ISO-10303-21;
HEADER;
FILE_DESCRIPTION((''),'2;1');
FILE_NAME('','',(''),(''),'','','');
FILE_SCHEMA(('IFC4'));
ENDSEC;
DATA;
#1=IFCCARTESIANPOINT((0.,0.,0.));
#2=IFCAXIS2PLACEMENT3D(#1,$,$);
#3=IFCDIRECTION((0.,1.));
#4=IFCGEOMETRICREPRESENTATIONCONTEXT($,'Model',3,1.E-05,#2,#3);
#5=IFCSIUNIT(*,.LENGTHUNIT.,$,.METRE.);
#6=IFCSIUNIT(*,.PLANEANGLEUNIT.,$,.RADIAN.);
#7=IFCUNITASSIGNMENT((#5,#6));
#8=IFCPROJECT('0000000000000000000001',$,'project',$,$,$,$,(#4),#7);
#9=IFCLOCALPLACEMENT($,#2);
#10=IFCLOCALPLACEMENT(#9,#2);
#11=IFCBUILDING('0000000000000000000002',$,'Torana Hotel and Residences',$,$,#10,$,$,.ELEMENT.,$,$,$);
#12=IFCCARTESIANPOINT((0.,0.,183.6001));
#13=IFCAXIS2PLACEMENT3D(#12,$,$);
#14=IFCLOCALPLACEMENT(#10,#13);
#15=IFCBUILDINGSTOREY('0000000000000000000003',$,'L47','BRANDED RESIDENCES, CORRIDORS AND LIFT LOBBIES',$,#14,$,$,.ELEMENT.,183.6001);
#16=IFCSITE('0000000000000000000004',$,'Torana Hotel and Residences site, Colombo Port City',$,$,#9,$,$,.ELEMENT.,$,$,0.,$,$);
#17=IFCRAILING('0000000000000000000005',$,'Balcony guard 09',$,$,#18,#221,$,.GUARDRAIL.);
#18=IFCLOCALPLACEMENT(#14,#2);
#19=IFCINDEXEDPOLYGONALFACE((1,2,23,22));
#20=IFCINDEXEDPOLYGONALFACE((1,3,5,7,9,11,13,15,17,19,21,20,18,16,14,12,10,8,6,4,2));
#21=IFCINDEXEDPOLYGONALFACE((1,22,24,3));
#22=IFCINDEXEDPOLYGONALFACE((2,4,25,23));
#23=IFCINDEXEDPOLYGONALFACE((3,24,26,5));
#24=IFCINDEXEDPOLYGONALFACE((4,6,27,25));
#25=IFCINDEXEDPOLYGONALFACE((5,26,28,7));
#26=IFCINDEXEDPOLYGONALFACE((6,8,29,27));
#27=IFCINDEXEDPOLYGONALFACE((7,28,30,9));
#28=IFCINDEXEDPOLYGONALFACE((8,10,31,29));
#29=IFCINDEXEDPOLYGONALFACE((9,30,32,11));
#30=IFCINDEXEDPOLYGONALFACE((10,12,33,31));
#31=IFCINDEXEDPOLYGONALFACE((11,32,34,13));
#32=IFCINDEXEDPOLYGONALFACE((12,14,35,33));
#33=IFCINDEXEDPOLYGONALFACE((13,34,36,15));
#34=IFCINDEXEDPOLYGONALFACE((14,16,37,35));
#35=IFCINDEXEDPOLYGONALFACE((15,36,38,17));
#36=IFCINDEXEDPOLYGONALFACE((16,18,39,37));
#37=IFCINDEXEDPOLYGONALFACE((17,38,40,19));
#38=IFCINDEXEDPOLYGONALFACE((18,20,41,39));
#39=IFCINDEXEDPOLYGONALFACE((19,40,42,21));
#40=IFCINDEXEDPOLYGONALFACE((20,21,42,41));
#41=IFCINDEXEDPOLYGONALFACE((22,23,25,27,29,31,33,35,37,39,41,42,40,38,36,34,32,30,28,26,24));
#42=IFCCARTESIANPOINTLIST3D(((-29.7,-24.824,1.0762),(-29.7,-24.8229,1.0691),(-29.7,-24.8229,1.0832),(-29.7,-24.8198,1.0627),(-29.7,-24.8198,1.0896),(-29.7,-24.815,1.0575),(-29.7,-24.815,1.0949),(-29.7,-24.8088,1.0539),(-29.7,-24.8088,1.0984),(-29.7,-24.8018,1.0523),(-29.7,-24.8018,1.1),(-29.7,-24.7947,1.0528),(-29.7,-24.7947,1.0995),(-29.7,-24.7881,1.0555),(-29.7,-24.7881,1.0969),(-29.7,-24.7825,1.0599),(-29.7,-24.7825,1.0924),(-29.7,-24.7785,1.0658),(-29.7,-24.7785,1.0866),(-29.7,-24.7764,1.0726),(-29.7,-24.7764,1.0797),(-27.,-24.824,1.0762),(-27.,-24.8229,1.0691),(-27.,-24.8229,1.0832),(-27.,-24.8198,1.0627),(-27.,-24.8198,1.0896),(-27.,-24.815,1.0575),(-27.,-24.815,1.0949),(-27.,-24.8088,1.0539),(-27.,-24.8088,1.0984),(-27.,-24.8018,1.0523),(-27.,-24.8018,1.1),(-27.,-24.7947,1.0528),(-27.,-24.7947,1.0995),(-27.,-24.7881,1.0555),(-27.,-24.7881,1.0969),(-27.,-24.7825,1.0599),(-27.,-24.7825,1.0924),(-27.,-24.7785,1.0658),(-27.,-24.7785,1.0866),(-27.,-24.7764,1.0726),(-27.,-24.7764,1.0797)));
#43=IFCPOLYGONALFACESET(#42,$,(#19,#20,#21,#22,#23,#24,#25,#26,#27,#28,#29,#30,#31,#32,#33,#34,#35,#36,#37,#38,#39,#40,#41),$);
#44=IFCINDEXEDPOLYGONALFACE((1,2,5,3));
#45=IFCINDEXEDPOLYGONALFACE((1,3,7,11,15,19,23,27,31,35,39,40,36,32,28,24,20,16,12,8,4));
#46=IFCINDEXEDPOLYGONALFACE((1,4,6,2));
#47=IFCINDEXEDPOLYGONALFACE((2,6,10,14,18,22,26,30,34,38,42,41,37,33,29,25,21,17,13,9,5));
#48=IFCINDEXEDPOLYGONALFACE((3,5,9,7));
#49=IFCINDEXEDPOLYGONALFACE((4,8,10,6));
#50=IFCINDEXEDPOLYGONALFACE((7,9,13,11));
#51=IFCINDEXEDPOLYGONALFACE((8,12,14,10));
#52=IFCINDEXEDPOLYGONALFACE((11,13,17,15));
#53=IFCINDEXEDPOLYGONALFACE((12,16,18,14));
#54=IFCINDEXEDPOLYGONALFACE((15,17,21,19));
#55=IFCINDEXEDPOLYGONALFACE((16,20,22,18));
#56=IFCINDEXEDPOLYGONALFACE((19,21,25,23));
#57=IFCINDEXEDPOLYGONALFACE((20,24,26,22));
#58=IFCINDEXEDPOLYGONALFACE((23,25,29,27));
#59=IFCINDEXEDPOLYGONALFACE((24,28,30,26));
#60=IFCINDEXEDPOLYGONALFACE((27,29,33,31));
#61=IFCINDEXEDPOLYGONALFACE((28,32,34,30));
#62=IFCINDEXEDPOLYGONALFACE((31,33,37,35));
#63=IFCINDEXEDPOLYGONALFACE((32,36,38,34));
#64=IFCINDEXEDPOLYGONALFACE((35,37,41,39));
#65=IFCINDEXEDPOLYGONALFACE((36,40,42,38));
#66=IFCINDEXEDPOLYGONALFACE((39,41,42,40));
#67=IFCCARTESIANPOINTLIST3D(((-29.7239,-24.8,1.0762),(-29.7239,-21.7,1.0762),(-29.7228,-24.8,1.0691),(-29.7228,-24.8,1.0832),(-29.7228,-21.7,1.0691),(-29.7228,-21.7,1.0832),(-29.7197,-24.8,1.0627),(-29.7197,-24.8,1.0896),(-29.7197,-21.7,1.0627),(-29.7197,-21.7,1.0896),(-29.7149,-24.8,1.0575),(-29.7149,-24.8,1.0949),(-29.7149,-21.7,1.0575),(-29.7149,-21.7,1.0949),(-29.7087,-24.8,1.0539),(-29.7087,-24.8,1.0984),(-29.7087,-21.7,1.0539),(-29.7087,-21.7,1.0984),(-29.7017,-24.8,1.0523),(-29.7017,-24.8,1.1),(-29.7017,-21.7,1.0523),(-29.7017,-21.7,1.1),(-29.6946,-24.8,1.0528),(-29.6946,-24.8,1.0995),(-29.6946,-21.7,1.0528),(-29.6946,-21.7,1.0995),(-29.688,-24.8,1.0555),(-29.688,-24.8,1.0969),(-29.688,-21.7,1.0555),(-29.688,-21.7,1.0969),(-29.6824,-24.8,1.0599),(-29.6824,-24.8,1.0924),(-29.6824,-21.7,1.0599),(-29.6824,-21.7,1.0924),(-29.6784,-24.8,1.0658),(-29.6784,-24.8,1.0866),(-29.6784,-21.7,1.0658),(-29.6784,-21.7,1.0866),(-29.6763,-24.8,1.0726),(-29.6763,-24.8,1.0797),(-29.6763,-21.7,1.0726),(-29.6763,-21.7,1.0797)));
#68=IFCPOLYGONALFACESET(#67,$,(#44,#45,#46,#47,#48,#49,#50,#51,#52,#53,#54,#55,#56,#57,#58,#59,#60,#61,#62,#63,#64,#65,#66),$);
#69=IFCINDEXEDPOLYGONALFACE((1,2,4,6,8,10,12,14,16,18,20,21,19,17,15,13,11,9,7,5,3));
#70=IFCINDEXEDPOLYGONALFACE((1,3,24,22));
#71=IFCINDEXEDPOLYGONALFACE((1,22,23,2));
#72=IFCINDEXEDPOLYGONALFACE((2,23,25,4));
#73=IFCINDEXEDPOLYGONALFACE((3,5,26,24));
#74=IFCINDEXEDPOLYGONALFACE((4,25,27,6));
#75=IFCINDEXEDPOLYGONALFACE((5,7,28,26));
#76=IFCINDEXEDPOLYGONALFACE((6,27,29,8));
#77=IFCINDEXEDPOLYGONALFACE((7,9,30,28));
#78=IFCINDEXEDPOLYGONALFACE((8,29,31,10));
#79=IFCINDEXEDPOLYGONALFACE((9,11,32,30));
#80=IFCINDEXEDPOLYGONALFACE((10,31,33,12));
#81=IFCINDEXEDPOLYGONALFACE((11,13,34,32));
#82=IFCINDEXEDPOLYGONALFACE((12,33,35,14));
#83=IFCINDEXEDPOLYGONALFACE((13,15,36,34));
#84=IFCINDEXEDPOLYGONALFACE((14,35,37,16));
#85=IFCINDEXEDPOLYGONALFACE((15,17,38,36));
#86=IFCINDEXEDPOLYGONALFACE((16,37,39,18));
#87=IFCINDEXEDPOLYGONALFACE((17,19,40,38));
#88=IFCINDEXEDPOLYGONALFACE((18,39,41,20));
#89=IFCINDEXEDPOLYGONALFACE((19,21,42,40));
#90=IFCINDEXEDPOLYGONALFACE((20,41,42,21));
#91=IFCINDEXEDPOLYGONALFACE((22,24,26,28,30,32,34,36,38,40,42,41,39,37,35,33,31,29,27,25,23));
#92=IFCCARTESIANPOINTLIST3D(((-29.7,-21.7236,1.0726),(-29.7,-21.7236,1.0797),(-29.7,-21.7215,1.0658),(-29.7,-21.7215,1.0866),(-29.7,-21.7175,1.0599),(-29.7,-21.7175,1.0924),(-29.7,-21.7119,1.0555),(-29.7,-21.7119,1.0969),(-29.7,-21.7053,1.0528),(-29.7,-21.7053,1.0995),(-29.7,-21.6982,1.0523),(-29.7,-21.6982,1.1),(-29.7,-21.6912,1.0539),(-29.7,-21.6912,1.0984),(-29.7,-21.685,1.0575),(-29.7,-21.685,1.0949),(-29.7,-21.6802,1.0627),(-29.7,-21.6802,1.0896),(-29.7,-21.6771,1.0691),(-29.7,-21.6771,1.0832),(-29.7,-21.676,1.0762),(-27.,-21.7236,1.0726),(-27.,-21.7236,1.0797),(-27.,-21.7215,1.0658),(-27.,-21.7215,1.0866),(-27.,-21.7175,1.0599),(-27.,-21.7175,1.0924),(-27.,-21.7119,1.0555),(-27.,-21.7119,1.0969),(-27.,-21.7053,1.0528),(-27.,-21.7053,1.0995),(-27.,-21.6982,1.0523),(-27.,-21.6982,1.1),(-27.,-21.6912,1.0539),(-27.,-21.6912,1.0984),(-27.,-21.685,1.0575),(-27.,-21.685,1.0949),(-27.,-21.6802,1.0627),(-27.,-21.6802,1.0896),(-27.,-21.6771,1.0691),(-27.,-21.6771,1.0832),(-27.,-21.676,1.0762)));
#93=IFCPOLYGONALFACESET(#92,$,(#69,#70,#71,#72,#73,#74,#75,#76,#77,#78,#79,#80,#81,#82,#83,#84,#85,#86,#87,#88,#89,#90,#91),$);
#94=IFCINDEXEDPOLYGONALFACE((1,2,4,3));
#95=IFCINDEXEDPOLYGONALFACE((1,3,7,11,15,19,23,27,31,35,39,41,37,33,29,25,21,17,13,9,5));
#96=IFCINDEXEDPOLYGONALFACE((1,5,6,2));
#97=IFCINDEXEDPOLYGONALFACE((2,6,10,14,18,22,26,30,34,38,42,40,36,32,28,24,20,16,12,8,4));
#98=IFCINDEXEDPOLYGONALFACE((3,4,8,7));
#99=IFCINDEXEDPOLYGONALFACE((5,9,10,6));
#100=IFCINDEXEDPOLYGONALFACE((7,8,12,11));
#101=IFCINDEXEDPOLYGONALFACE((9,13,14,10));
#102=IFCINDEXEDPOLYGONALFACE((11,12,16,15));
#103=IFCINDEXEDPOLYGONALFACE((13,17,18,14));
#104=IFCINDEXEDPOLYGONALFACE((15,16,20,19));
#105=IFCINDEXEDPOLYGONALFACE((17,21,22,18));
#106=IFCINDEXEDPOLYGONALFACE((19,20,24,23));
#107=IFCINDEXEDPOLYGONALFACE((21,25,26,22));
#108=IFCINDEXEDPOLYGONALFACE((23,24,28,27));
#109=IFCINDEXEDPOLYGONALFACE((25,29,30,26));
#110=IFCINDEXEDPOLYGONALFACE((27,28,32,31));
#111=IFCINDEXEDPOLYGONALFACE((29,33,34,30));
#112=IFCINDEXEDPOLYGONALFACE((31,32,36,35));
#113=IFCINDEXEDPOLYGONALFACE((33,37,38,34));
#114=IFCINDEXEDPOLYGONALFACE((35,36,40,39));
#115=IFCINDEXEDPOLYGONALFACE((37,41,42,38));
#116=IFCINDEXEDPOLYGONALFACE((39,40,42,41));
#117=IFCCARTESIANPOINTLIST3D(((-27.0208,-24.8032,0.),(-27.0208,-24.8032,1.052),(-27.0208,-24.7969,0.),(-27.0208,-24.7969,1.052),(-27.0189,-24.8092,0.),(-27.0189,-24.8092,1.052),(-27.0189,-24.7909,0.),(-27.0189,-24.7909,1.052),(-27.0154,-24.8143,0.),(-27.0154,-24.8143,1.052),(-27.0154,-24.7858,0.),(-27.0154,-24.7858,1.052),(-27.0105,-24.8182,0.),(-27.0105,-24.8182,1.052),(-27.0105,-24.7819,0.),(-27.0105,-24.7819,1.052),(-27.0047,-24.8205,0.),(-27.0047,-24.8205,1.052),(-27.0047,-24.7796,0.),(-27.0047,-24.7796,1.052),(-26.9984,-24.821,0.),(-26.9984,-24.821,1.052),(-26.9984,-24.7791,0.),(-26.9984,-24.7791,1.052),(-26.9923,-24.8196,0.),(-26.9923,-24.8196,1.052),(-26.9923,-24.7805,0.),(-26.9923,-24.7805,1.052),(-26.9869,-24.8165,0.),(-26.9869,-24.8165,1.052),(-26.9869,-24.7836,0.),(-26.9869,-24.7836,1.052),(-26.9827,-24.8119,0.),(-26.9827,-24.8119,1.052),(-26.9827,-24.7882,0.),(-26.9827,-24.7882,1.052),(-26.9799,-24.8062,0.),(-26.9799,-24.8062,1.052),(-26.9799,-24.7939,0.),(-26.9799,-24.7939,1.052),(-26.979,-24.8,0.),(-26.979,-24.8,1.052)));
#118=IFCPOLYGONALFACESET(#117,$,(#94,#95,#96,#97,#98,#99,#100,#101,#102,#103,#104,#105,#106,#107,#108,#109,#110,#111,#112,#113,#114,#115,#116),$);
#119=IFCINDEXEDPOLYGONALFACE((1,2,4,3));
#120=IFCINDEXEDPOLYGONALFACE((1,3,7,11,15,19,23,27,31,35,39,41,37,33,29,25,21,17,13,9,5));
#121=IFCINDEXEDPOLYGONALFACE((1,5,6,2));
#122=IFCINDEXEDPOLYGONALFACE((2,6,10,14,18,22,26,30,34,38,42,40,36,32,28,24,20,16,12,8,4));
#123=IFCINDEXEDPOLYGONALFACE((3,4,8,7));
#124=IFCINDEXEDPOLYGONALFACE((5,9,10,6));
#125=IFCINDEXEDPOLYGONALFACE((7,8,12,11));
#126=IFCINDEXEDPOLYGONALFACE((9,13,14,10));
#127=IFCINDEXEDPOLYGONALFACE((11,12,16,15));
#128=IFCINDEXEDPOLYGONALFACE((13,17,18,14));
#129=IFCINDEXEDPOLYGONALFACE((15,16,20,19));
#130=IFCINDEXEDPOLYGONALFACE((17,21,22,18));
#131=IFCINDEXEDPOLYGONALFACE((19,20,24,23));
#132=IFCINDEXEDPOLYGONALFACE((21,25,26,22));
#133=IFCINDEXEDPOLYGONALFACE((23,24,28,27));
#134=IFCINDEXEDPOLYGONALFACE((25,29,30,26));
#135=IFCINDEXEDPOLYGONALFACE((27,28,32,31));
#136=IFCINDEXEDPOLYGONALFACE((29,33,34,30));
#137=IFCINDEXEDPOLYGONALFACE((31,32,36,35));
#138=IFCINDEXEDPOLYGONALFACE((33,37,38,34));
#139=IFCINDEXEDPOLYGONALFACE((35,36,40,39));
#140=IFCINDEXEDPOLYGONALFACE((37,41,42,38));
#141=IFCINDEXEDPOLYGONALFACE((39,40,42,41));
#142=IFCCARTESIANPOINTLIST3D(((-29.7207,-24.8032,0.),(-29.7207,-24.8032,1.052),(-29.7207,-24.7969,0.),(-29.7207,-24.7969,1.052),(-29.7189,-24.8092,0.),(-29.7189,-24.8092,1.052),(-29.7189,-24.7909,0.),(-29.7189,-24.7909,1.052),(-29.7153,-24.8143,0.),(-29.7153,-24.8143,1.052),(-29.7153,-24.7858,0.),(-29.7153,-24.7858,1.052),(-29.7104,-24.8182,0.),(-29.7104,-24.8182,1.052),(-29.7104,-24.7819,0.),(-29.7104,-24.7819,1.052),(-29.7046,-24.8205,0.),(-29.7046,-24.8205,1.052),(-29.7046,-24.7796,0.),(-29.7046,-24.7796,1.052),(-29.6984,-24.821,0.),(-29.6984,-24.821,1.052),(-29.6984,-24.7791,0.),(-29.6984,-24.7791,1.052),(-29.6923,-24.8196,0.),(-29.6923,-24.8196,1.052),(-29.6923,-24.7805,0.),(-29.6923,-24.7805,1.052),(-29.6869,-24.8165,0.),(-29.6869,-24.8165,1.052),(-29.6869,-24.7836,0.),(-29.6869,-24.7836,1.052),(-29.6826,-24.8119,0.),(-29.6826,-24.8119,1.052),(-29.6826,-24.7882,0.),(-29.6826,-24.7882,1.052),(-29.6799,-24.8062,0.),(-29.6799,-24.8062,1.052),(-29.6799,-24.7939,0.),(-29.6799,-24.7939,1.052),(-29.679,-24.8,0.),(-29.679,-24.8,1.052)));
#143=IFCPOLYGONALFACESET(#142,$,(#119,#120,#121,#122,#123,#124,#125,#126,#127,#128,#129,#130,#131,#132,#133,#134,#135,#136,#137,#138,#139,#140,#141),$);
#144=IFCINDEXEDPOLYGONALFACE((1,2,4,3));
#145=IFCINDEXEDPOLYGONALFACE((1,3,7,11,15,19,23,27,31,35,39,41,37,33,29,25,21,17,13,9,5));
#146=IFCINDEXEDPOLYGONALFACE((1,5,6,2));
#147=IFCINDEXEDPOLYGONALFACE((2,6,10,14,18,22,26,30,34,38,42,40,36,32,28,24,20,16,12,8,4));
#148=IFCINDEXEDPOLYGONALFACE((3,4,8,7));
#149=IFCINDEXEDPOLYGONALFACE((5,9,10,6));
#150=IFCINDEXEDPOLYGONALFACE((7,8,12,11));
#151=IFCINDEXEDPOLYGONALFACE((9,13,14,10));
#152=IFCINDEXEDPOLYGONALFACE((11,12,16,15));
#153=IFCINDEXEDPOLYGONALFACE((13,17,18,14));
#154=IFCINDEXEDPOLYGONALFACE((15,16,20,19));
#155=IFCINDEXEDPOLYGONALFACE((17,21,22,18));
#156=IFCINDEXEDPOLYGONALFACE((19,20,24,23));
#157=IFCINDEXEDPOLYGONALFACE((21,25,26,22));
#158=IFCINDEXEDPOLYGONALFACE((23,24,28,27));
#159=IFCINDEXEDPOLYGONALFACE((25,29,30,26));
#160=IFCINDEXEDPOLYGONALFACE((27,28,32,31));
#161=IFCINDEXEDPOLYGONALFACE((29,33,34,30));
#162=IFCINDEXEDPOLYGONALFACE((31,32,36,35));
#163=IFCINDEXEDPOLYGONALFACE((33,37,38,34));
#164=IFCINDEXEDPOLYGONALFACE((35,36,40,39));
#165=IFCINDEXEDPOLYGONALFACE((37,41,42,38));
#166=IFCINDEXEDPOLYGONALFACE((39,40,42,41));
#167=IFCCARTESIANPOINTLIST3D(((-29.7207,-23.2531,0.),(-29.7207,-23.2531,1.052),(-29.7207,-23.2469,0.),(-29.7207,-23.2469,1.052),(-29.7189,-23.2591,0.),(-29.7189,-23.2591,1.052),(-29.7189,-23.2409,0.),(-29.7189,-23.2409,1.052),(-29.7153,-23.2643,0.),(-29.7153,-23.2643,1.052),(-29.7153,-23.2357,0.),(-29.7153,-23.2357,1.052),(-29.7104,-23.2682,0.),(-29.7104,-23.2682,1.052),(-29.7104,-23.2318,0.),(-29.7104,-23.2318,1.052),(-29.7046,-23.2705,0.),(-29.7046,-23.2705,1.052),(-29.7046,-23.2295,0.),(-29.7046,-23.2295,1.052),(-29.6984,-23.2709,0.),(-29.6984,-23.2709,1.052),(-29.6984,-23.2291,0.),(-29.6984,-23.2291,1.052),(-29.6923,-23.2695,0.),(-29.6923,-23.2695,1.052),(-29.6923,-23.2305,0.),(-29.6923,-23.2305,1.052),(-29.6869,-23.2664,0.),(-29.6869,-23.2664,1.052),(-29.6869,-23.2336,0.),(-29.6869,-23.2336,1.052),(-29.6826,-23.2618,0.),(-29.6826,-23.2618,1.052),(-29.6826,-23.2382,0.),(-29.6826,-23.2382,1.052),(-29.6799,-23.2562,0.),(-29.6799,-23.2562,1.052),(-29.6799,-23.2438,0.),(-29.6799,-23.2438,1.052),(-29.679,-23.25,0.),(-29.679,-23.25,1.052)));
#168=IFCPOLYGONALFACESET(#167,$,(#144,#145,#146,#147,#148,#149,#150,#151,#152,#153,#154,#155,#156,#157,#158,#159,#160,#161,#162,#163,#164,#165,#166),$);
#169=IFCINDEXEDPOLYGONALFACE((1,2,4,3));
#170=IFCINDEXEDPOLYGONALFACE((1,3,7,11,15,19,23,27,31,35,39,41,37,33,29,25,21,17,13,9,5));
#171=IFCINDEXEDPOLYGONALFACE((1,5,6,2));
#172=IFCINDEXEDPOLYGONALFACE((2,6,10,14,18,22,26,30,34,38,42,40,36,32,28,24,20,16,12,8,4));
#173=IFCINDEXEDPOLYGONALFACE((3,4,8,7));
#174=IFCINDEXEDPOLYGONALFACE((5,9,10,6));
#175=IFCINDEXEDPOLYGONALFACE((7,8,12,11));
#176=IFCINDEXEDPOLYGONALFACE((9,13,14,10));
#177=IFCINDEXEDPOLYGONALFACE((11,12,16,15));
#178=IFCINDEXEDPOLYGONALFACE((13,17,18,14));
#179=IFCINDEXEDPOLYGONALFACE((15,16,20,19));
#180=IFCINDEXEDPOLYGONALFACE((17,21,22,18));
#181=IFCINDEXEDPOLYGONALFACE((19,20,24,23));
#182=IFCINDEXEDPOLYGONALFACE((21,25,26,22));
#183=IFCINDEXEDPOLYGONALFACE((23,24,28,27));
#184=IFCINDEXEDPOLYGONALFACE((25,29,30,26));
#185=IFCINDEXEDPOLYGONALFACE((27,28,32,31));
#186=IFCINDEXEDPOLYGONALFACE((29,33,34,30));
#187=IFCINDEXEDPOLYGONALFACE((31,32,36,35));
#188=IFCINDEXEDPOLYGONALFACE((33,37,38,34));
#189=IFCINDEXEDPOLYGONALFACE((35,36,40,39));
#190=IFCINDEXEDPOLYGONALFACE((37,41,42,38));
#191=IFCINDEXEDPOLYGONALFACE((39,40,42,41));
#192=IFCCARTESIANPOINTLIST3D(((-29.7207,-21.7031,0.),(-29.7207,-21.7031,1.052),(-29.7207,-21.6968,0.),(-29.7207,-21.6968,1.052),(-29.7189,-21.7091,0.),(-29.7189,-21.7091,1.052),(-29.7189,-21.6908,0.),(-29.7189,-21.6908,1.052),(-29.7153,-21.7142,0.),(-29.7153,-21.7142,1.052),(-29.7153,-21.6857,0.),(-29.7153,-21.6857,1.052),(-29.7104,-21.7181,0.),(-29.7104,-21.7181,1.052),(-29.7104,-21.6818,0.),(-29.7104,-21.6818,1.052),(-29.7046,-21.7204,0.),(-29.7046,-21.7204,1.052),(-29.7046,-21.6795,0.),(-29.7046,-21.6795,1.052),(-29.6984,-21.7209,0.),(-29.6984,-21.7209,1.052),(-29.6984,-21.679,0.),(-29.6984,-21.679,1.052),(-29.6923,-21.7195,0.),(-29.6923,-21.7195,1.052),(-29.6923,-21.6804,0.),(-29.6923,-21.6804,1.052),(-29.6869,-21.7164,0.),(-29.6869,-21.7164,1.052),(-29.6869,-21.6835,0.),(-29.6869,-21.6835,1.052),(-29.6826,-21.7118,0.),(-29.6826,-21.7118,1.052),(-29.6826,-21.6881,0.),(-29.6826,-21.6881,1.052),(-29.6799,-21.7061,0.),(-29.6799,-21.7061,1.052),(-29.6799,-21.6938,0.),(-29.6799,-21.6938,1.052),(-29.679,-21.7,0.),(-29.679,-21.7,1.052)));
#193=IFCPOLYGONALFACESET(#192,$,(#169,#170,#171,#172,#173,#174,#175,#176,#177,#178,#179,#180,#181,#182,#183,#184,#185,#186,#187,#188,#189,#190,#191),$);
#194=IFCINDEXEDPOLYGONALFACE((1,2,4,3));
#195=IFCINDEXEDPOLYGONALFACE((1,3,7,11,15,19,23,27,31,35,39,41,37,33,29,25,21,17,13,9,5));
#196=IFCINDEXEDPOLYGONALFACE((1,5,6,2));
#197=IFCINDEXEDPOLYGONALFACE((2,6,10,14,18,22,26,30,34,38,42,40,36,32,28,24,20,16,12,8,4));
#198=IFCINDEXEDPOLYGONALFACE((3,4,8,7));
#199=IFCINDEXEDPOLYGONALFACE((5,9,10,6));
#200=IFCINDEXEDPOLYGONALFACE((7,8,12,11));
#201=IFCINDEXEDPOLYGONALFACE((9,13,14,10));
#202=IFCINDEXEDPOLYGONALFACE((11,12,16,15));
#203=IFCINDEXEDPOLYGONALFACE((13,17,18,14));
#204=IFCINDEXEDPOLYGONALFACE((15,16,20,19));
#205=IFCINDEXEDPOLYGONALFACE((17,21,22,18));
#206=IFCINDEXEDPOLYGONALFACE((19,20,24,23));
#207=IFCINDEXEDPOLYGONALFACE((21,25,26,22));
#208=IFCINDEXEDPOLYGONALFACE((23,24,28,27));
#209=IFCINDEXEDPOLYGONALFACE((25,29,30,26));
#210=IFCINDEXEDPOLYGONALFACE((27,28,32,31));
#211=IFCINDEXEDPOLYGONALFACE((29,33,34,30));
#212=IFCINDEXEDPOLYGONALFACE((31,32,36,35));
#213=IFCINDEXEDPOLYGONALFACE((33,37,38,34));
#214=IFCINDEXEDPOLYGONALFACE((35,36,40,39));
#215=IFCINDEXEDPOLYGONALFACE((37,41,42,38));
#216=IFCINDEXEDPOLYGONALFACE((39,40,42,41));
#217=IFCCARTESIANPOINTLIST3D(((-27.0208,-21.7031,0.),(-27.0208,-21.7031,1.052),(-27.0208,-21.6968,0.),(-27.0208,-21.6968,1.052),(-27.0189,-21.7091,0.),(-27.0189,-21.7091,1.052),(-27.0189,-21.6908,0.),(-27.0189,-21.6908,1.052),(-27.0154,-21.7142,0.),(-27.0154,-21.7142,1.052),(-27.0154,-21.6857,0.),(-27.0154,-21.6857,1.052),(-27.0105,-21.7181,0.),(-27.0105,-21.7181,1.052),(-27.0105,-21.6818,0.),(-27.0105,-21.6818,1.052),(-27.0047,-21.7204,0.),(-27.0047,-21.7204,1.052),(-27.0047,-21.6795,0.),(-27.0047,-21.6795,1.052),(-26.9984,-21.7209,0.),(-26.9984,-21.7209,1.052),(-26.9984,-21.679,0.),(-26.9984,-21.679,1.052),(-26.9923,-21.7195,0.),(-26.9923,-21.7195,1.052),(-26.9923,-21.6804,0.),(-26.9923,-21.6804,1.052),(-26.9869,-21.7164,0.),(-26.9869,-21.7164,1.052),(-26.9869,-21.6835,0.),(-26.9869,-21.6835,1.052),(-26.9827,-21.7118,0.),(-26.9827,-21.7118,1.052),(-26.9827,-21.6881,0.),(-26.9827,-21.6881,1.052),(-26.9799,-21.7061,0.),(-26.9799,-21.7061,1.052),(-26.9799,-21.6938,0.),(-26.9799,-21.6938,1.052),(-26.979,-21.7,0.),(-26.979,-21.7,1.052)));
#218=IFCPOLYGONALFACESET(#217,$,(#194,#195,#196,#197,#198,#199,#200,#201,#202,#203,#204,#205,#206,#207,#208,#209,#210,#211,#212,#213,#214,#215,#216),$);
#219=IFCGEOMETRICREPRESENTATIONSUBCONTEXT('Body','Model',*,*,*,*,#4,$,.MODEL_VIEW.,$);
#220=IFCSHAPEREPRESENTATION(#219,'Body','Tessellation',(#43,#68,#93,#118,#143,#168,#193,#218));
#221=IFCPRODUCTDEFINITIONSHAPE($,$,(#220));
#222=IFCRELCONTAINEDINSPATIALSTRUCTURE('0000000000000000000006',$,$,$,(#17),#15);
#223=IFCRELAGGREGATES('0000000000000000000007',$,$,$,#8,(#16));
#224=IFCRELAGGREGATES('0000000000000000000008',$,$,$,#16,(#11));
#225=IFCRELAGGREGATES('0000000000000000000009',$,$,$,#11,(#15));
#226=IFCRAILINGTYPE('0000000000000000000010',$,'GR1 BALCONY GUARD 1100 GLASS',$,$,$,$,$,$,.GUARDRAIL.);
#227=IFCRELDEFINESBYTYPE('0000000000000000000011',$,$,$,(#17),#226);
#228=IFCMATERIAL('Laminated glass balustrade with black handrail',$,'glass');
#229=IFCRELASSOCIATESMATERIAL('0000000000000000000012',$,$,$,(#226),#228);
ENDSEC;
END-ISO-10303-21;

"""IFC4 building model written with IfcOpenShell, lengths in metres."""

from ifc_helpers import new_model, si_unit, direction, frame, origin, origin_2d, place, context, subcontext, project, spatial, circle, extrude, material, type_object, element, save


model = new_model("IFC4")

# Units and contexts
model_context = context("Model", 3, precision=1e-05, world=origin(), true_north=direction((0.0, 1.0)))
body_context = subcontext(model_context, "Body", "Model", "MODEL_VIEW")
ifc_project = project(units=[si_unit("LENGTHUNIT", "METRE"), si_unit("PLANEANGLEUNIT", "RADIAN")], contexts=[model_context])

# Site, building, storey
site_placement = place(None, origin())
site = spatial("IfcSite", under=ifc_project, at=site_placement, Name="Torana Hotel and Residences site, Colombo Port City", CompositionType="ELEMENT", RefElevation=0.0)
building_placement = place(site_placement, origin())
building = spatial("IfcBuilding", under=site, at=building_placement, Name="Torana Hotel and Residences", CompositionType="ELEMENT")
storey_placement = place(building_placement, frame((0.0, 0.0, 183.6001)))
storey = spatial("IfcBuildingStorey", under=building, at=storey_placement, Name="L47", Description="BRANDED RESIDENCES, CORRIDORS AND LIFT LOBBIES", CompositionType="ELEMENT", Elevation=183.6001)

# Railing
ifc_material_1 = material(Name="Laminated glass balustrade with black handrail", Category="glass")
railing_type = type_object("IfcRailingType", Name="GR1 BALCONY GUARD 1100 GLASS", PredefinedType="GUARDRAIL", material=ifc_material_1)
railing_placement = place(storey_placement, frame((-27.0, -24.8, 0.0)))
element("IfcRailing", 1, at=railing_placement, inside=storey, type_object=railing_type, Name="Balcony guard 09", PredefinedType="GUARDRAIL", context=body_context, shape_type="SweptSolid", body=[
    extrude(circle(Radius=0.0239, at=origin_2d()), frame((0.0, 0.0, 1.0762), z_axis=(-1.0, 0.0, 0.0), x_axis=(0.0, -1.0, 0.0)), (0.0, 0.0, 1.0), 2.7),
    extrude(circle(Radius=0.0239, at=origin_2d()), frame((-2.7, 0.0, 1.0762), z_axis=(0.0, 1.0, 0.0), x_axis=(-1.0, 0.0, 0.0)), (0.0, 0.0, 1.0), 3.1001),
    extrude(circle(Radius=0.0239, at=origin_2d()), frame((-2.7, 3.1001, 1.0762), z_axis=(1.0, 0.0, 0.0), x_axis=(0.0, 1.0, 0.0)), (0.0, 0.0, 1.0), 2.7),
    extrude(circle(Radius=0.021, at=origin_2d()), origin(), (0.0, 0.0, 1.0), 1.052),
    extrude(circle(Radius=0.021, at=origin_2d()), frame((-2.7, 0.0, 0.0)), (0.0, 0.0, 1.0), 1.052),
    extrude(circle(Radius=0.021, at=origin_2d()), frame((-2.7, 1.55, 0.0)), (0.0, 0.0, 1.0), 1.052),
    extrude(circle(Radius=0.021, at=origin_2d()), frame((-2.7, 3.1001, 0.0)), (0.0, 0.0, 1.0), 1.052),
    extrude(circle(Radius=0.021, at=origin_2d()), frame((0.0, 3.1001, 0.0)), (0.0, 0.0, 1.0), 1.052),
])

save(model, "model.ifc")
